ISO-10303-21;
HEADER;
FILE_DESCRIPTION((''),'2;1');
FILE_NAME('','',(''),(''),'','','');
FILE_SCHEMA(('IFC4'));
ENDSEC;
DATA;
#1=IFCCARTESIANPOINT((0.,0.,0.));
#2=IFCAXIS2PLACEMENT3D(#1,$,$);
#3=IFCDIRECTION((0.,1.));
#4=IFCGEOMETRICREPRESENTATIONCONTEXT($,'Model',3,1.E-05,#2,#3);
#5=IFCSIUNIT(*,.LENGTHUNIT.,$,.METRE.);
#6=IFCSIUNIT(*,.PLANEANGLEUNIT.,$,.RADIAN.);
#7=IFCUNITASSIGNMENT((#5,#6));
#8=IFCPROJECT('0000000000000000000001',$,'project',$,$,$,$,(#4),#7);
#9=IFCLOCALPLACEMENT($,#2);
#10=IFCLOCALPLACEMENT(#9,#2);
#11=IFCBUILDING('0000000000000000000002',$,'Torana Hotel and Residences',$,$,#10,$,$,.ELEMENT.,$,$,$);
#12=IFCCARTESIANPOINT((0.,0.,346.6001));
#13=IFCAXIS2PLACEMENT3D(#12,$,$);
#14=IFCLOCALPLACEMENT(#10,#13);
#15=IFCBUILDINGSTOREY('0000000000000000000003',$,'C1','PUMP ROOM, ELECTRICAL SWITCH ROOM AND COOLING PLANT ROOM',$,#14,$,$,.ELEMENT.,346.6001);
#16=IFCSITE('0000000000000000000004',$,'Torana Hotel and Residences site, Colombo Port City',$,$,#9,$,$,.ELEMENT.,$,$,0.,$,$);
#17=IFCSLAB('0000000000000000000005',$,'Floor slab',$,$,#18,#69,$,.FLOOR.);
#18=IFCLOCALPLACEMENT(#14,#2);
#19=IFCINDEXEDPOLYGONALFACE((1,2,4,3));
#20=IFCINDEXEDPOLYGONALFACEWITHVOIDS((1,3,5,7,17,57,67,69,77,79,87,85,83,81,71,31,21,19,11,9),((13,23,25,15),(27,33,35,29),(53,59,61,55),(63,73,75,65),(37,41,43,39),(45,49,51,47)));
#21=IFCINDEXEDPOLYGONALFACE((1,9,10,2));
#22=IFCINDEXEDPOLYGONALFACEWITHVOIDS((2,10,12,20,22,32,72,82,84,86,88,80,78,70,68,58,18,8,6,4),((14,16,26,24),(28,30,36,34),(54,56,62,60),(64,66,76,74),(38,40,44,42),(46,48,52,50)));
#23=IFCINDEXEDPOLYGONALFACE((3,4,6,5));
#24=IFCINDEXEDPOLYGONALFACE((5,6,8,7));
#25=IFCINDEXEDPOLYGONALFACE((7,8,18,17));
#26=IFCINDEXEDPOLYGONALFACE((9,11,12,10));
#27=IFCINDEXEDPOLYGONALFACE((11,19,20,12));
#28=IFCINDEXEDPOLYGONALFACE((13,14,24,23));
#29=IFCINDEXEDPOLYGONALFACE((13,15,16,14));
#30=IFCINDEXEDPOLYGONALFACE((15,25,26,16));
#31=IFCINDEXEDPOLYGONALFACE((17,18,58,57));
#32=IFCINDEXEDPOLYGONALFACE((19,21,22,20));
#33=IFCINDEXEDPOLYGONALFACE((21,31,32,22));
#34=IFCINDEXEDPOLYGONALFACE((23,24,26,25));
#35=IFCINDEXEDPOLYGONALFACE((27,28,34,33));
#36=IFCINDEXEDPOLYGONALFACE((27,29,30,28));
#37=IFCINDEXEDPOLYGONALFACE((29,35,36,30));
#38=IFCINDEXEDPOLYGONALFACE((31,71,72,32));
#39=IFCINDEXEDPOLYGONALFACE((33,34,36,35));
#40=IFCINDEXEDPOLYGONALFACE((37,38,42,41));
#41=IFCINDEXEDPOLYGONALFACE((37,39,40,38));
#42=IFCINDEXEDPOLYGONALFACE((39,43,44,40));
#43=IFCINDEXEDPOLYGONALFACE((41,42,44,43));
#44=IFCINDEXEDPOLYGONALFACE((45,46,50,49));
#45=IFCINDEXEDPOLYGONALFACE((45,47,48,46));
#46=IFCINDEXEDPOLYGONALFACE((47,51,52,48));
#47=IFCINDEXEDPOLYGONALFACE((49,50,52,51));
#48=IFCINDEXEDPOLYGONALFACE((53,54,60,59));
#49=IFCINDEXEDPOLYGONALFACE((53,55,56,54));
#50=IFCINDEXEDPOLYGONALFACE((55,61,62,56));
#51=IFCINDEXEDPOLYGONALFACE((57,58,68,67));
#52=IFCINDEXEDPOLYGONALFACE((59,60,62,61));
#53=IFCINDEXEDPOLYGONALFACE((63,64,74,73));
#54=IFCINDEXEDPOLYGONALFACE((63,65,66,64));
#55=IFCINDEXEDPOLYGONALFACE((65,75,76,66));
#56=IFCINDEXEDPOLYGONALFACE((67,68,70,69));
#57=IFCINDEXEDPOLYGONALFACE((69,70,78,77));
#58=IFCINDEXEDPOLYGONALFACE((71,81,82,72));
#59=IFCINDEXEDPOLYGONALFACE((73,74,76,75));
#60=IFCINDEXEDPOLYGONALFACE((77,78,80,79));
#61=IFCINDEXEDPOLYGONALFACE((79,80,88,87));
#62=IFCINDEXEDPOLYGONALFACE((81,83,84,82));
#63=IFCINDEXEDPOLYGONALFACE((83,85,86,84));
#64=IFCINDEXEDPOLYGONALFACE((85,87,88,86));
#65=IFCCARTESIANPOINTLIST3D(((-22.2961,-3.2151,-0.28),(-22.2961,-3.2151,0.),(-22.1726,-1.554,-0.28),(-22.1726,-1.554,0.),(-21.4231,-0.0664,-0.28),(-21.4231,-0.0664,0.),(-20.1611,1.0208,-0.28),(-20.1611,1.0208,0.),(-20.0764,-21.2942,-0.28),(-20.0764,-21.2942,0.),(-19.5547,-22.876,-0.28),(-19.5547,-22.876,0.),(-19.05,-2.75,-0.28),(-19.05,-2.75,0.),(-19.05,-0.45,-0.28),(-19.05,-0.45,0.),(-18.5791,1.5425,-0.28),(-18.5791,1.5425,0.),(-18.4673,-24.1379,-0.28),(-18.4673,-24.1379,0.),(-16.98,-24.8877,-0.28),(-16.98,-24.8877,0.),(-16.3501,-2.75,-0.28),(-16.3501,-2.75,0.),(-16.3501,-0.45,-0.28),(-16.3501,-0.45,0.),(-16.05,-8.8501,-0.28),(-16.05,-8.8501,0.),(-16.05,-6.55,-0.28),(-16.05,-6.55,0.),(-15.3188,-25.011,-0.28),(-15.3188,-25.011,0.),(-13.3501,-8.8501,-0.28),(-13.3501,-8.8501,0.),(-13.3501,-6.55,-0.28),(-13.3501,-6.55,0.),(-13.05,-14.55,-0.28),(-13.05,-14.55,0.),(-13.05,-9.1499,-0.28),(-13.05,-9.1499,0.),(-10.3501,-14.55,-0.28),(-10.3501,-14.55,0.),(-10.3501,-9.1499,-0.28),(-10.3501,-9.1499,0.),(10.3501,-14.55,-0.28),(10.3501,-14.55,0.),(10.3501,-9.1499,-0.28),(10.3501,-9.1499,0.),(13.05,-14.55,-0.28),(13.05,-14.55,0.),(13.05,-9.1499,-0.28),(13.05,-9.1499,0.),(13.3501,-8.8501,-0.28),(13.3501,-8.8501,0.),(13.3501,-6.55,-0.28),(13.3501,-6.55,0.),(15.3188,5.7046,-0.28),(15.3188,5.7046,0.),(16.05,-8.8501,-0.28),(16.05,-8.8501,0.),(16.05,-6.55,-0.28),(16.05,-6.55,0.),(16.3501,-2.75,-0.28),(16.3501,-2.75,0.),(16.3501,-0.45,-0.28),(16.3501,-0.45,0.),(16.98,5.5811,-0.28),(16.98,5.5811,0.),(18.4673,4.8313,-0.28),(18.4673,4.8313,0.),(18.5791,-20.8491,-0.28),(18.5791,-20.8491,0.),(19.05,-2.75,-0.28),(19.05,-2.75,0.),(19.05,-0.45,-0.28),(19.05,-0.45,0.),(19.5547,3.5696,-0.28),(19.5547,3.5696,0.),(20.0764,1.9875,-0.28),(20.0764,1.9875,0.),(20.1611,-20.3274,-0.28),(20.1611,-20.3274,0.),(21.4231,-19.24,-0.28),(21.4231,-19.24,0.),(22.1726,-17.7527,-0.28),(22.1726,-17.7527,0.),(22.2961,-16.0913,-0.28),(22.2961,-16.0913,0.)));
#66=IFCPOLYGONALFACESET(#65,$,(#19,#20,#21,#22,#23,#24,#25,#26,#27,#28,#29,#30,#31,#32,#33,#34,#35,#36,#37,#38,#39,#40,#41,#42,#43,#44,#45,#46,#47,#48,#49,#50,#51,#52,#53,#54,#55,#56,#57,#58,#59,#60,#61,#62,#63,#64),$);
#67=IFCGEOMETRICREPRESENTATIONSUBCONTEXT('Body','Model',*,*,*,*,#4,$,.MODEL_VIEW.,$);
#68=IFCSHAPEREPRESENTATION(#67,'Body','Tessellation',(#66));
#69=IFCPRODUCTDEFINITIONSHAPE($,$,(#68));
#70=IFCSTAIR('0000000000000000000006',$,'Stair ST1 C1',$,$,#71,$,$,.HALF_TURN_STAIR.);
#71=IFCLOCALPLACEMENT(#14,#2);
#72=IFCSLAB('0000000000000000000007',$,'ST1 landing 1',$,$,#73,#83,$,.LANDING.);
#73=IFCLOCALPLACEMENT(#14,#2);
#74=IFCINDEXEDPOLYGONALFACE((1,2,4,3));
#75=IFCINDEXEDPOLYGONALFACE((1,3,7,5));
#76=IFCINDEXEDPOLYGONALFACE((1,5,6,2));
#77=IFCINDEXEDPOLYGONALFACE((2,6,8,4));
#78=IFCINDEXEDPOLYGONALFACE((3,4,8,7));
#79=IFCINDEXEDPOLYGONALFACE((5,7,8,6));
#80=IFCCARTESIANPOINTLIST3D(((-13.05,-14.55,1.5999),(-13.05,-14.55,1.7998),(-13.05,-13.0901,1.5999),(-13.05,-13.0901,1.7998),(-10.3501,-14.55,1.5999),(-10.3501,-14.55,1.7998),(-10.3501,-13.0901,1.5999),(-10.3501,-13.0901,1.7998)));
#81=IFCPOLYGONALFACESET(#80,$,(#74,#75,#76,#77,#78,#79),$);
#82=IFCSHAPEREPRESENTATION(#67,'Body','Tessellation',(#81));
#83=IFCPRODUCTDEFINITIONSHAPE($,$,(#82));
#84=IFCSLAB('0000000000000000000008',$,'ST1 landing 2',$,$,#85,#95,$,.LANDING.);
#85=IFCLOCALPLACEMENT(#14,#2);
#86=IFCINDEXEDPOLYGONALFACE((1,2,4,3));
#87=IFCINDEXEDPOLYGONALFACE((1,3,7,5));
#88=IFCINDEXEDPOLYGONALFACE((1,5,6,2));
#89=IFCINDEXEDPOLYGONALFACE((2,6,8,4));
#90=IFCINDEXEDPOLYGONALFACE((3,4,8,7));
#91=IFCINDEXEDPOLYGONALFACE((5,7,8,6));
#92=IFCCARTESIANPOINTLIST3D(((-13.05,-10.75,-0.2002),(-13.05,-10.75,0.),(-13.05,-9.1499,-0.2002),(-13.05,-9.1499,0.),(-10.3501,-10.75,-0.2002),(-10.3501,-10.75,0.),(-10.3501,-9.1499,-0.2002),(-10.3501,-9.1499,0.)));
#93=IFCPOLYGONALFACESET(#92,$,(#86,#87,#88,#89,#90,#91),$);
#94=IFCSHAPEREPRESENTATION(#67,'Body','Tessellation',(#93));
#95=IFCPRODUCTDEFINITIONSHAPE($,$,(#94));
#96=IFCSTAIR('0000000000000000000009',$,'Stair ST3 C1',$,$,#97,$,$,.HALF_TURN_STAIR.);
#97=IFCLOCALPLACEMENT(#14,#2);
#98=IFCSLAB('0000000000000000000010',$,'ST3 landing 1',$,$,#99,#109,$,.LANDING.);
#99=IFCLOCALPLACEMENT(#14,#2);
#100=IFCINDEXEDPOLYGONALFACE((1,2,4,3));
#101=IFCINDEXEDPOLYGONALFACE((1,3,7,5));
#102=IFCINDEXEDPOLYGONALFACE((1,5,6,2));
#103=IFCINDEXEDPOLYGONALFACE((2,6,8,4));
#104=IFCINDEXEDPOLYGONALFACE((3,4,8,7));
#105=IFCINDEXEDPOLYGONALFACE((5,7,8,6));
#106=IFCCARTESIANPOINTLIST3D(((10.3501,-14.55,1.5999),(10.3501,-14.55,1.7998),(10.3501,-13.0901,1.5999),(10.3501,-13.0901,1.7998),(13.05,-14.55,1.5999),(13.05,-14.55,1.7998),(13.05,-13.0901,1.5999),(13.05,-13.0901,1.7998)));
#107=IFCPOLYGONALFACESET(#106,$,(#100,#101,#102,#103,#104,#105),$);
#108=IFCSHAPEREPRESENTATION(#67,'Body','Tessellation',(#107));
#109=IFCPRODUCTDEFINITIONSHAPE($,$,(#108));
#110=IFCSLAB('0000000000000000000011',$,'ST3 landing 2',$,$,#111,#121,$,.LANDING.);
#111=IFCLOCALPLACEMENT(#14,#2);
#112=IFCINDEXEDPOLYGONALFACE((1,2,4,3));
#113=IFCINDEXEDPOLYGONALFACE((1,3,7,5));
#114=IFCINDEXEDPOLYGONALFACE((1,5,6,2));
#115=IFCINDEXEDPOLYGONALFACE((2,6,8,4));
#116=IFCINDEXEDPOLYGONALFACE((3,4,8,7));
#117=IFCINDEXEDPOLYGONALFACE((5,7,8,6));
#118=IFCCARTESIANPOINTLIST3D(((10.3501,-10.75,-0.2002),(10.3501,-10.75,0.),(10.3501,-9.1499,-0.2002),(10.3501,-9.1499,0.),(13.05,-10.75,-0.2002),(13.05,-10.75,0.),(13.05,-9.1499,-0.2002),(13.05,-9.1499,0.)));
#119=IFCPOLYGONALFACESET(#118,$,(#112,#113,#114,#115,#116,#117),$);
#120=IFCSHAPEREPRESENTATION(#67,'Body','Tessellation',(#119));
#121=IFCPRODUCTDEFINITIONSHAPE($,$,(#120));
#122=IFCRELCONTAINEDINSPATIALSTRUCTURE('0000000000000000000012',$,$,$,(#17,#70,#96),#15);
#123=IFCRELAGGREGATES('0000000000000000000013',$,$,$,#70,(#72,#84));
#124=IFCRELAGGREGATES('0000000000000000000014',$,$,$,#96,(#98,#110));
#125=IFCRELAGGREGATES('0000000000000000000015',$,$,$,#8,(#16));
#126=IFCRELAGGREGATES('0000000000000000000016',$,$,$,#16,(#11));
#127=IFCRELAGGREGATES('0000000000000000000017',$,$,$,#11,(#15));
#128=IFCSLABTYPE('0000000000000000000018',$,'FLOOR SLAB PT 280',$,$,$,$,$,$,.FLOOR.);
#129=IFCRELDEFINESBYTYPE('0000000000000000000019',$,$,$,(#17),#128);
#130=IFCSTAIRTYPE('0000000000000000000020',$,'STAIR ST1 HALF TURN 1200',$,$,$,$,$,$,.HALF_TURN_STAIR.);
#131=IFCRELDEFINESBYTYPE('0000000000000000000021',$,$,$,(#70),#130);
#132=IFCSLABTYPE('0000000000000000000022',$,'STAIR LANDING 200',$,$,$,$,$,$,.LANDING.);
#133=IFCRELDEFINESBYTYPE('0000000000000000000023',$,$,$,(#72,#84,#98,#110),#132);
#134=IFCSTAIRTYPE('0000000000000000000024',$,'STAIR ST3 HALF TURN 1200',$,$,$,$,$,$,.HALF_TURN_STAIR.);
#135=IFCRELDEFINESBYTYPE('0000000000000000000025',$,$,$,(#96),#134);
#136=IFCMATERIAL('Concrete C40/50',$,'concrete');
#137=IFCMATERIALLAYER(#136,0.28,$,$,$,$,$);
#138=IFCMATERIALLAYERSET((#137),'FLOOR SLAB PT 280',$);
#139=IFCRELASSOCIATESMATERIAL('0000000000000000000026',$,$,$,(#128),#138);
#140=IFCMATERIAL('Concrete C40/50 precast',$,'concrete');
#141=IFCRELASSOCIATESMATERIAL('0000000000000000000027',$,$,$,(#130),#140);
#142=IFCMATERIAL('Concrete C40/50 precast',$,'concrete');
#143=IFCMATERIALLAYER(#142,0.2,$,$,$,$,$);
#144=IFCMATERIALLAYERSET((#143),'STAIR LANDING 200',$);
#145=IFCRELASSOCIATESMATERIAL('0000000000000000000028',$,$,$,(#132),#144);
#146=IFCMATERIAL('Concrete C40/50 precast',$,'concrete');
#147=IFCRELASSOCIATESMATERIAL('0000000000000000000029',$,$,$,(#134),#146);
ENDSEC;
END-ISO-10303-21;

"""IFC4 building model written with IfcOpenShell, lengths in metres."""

from ifc_helpers import new_model, si_unit, direction, frame, origin, place, context, subcontext, project, spatial, polyline, outline, extrude, material, layer, layer_set, type_object, element, aggregate, save


model = new_model("IFC4")

# Units and contexts
model_context = context("Model", 3, precision=1e-05, world=origin(), true_north=direction((0.0, 1.0)))
body_context = subcontext(model_context, "Body", "Model", "MODEL_VIEW")
ifc_project = project(units=[si_unit("LENGTHUNIT", "METRE"), si_unit("PLANEANGLEUNIT", "RADIAN")], contexts=[model_context])

# Site, building, storey
site_placement = place(None, origin())
site = spatial("IfcSite", under=ifc_project, at=site_placement, Name="Torana Hotel and Residences site, Colombo Port City", CompositionType="ELEMENT", RefElevation=0.0)
building_placement = place(site_placement, origin())
building = spatial("IfcBuilding", under=site, at=building_placement, Name="Torana Hotel and Residences", CompositionType="ELEMENT")
storey_placement = place(building_placement, frame((0.0, 0.0, 346.6001)))
storey = spatial("IfcBuildingStorey", under=building, at=storey_placement, Name="C1", Description="PUMP ROOM, ELECTRICAL SWITCH ROOM AND COOLING PLANT ROOM", CompositionType="ELEMENT", Elevation=346.6001)

# Slab
ifc_material_1 = material(Name="Concrete C40/50", Category="concrete")
ifc_layer_1 = layer(ifc_material_1, 0.28)
ifc_layer_set_1 = layer_set([ifc_layer_1], Name="FLOOR SLAB PT 280")
slab_type_1 = type_object("IfcSlabType", Name="FLOOR SLAB PT 280", PredefinedType="FLOOR", material=ifc_layer_set_1)
slab_1_placement = place(storey_placement, frame((0.0, 0.0, -0.28)))
element("IfcSlab", 1, at=slab_1_placement, inside=storey, type_object=slab_type_1, Name="Floor slab", PredefinedType="FLOOR", context=body_context, shape_type="SweptSolid", body=[
    extrude(outline(polyline([(20.0764, 1.9875), (19.5547, 3.5696), (18.4673, 4.8313), (16.98, 5.5811), (15.3188, 5.7046), (-18.5791, 1.5425), (-20.1611, 1.0208), (-21.4231, -0.0664), (-22.1726, -1.554), (-22.2961, -3.2151), (-20.0764, -21.2942), (-19.5547, -22.876), (-18.4673, -24.1379), (-16.98, -24.8877), (-15.3188, -25.011), (18.5791, -20.8491), (20.1611, -20.3274), (21.4231, -19.24), (22.1726, -17.7527), (22.2961, -16.0913), (20.0764, 1.9875)]), holes=[polyline([(-13.05, -14.55), (-10.3501, -14.55), (-10.3501, -9.1499), (-13.05, -9.1499), (-13.05, -14.55)]), polyline([(-16.05, -8.8501), (-13.3501, -8.8501), (-13.3501, -6.55), (-16.05, -6.55), (-16.05, -8.8501)]), polyline([(-19.05, -2.75), (-16.3501, -2.75), (-16.3501, -0.45), (-19.05, -0.45), (-19.05, -2.75)]), polyline([(10.3501, -14.55), (13.05, -14.55), (13.05, -9.1499), (10.3501, -9.1499), (10.3501, -14.55)]), polyline([(13.3501, -8.8501), (16.05, -8.8501), (16.05, -6.55), (13.3501, -6.55), (13.3501, -8.8501)]), polyline([(16.3501, -2.75), (19.05, -2.75), (19.05, -0.45), (16.3501, -0.45), (16.3501, -2.75)])]), origin(), (0.0, 0.0, 1.0), 0.28),
])

# Stairs, slabs
ifc_material_2 = material(Name="Concrete C40/50 precast", Category="concrete")
stair_type_1 = type_object("IfcStairType", Name="STAIR ST1 HALF TURN 1200", PredefinedType="HALF_TURN_STAIR", material=ifc_material_2)
stair_1_placement = place(storey_placement, origin())
stair_1 = element("IfcStair", 2, at=stair_1_placement, inside=storey, type_object=stair_type_1, Name="Stair ST1 C1", PredefinedType="HALF_TURN_STAIR")
ifc_material_3 = material(Name="Concrete C40/50 precast", Category="concrete")
ifc_layer_2 = layer(ifc_material_3, 0.2)
ifc_layer_set_2 = layer_set([ifc_layer_2], Name="STAIR LANDING 200")
slab_type_2 = type_object("IfcSlabType", Name="STAIR LANDING 200", PredefinedType="LANDING", material=ifc_layer_set_2)
slab_2_placement = place(storey_placement, frame((0.0, 0.0, 1.5999)))
slab_2 = element("IfcSlab", 3, at=slab_2_placement, type_object=slab_type_2, Name="ST1 landing 1", PredefinedType="LANDING", context=body_context, shape_type="SweptSolid", body=[
    extrude(outline(polyline([(-13.05, -14.55), (-10.3501, -14.55), (-10.3501, -13.0901), (-13.05, -13.0901), (-13.05, -14.55)])), origin(), (0.0, 0.0, 1.0), 0.2),
])
slab_3_placement = place(storey_placement, frame((0.0, 0.0, -0.2002)))
slab_3 = element("IfcSlab", 4, at=slab_3_placement, type_object=slab_type_2, Name="ST1 landing 2", PredefinedType="LANDING", context=body_context, shape_type="SweptSolid", body=[
    extrude(outline(polyline([(-13.05, -10.75), (-10.3501, -10.75), (-10.3501, -9.1499), (-13.05, -9.1499), (-13.05, -10.75)])), origin(), (0.0, 0.0, 1.0), 0.2002),
])
aggregate(stair_1, [slab_2, slab_3])
ifc_material_4 = material(Name="Concrete C40/50 precast", Category="concrete")
stair_type_2 = type_object("IfcStairType", Name="STAIR ST3 HALF TURN 1200", PredefinedType="HALF_TURN_STAIR", material=ifc_material_4)
stair_2_placement = place(storey_placement, origin())
stair_2 = element("IfcStair", 5, at=stair_2_placement, inside=storey, type_object=stair_type_2, Name="Stair ST3 C1", PredefinedType="HALF_TURN_STAIR")
slab_4_placement = place(storey_placement, frame((0.0, 0.0, 1.5999)))
slab_4 = element("IfcSlab", 6, at=slab_4_placement, type_object=slab_type_2, Name="ST3 landing 1", PredefinedType="LANDING", context=body_context, shape_type="SweptSolid", body=[
    extrude(outline(polyline([(10.3501, -14.55), (13.05, -14.55), (13.05, -13.0901), (10.3501, -13.0901), (10.3501, -14.55)])), origin(), (0.0, 0.0, 1.0), 0.2),
])
slab_5_placement = place(storey_placement, frame((0.0, 0.0, -0.2002)))
slab_5 = element("IfcSlab", 7, at=slab_5_placement, type_object=slab_type_2, Name="ST3 landing 2", PredefinedType="LANDING", context=body_context, shape_type="SweptSolid", body=[
    extrude(outline(polyline([(10.3501, -10.75), (13.05, -10.75), (13.05, -9.1499), (10.3501, -9.1499), (10.3501, -10.75)])), origin(), (0.0, 0.0, 1.0), 0.2002),
])

aggregate(stair_2, [slab_4, slab_5])

save(model, "model.ifc")
